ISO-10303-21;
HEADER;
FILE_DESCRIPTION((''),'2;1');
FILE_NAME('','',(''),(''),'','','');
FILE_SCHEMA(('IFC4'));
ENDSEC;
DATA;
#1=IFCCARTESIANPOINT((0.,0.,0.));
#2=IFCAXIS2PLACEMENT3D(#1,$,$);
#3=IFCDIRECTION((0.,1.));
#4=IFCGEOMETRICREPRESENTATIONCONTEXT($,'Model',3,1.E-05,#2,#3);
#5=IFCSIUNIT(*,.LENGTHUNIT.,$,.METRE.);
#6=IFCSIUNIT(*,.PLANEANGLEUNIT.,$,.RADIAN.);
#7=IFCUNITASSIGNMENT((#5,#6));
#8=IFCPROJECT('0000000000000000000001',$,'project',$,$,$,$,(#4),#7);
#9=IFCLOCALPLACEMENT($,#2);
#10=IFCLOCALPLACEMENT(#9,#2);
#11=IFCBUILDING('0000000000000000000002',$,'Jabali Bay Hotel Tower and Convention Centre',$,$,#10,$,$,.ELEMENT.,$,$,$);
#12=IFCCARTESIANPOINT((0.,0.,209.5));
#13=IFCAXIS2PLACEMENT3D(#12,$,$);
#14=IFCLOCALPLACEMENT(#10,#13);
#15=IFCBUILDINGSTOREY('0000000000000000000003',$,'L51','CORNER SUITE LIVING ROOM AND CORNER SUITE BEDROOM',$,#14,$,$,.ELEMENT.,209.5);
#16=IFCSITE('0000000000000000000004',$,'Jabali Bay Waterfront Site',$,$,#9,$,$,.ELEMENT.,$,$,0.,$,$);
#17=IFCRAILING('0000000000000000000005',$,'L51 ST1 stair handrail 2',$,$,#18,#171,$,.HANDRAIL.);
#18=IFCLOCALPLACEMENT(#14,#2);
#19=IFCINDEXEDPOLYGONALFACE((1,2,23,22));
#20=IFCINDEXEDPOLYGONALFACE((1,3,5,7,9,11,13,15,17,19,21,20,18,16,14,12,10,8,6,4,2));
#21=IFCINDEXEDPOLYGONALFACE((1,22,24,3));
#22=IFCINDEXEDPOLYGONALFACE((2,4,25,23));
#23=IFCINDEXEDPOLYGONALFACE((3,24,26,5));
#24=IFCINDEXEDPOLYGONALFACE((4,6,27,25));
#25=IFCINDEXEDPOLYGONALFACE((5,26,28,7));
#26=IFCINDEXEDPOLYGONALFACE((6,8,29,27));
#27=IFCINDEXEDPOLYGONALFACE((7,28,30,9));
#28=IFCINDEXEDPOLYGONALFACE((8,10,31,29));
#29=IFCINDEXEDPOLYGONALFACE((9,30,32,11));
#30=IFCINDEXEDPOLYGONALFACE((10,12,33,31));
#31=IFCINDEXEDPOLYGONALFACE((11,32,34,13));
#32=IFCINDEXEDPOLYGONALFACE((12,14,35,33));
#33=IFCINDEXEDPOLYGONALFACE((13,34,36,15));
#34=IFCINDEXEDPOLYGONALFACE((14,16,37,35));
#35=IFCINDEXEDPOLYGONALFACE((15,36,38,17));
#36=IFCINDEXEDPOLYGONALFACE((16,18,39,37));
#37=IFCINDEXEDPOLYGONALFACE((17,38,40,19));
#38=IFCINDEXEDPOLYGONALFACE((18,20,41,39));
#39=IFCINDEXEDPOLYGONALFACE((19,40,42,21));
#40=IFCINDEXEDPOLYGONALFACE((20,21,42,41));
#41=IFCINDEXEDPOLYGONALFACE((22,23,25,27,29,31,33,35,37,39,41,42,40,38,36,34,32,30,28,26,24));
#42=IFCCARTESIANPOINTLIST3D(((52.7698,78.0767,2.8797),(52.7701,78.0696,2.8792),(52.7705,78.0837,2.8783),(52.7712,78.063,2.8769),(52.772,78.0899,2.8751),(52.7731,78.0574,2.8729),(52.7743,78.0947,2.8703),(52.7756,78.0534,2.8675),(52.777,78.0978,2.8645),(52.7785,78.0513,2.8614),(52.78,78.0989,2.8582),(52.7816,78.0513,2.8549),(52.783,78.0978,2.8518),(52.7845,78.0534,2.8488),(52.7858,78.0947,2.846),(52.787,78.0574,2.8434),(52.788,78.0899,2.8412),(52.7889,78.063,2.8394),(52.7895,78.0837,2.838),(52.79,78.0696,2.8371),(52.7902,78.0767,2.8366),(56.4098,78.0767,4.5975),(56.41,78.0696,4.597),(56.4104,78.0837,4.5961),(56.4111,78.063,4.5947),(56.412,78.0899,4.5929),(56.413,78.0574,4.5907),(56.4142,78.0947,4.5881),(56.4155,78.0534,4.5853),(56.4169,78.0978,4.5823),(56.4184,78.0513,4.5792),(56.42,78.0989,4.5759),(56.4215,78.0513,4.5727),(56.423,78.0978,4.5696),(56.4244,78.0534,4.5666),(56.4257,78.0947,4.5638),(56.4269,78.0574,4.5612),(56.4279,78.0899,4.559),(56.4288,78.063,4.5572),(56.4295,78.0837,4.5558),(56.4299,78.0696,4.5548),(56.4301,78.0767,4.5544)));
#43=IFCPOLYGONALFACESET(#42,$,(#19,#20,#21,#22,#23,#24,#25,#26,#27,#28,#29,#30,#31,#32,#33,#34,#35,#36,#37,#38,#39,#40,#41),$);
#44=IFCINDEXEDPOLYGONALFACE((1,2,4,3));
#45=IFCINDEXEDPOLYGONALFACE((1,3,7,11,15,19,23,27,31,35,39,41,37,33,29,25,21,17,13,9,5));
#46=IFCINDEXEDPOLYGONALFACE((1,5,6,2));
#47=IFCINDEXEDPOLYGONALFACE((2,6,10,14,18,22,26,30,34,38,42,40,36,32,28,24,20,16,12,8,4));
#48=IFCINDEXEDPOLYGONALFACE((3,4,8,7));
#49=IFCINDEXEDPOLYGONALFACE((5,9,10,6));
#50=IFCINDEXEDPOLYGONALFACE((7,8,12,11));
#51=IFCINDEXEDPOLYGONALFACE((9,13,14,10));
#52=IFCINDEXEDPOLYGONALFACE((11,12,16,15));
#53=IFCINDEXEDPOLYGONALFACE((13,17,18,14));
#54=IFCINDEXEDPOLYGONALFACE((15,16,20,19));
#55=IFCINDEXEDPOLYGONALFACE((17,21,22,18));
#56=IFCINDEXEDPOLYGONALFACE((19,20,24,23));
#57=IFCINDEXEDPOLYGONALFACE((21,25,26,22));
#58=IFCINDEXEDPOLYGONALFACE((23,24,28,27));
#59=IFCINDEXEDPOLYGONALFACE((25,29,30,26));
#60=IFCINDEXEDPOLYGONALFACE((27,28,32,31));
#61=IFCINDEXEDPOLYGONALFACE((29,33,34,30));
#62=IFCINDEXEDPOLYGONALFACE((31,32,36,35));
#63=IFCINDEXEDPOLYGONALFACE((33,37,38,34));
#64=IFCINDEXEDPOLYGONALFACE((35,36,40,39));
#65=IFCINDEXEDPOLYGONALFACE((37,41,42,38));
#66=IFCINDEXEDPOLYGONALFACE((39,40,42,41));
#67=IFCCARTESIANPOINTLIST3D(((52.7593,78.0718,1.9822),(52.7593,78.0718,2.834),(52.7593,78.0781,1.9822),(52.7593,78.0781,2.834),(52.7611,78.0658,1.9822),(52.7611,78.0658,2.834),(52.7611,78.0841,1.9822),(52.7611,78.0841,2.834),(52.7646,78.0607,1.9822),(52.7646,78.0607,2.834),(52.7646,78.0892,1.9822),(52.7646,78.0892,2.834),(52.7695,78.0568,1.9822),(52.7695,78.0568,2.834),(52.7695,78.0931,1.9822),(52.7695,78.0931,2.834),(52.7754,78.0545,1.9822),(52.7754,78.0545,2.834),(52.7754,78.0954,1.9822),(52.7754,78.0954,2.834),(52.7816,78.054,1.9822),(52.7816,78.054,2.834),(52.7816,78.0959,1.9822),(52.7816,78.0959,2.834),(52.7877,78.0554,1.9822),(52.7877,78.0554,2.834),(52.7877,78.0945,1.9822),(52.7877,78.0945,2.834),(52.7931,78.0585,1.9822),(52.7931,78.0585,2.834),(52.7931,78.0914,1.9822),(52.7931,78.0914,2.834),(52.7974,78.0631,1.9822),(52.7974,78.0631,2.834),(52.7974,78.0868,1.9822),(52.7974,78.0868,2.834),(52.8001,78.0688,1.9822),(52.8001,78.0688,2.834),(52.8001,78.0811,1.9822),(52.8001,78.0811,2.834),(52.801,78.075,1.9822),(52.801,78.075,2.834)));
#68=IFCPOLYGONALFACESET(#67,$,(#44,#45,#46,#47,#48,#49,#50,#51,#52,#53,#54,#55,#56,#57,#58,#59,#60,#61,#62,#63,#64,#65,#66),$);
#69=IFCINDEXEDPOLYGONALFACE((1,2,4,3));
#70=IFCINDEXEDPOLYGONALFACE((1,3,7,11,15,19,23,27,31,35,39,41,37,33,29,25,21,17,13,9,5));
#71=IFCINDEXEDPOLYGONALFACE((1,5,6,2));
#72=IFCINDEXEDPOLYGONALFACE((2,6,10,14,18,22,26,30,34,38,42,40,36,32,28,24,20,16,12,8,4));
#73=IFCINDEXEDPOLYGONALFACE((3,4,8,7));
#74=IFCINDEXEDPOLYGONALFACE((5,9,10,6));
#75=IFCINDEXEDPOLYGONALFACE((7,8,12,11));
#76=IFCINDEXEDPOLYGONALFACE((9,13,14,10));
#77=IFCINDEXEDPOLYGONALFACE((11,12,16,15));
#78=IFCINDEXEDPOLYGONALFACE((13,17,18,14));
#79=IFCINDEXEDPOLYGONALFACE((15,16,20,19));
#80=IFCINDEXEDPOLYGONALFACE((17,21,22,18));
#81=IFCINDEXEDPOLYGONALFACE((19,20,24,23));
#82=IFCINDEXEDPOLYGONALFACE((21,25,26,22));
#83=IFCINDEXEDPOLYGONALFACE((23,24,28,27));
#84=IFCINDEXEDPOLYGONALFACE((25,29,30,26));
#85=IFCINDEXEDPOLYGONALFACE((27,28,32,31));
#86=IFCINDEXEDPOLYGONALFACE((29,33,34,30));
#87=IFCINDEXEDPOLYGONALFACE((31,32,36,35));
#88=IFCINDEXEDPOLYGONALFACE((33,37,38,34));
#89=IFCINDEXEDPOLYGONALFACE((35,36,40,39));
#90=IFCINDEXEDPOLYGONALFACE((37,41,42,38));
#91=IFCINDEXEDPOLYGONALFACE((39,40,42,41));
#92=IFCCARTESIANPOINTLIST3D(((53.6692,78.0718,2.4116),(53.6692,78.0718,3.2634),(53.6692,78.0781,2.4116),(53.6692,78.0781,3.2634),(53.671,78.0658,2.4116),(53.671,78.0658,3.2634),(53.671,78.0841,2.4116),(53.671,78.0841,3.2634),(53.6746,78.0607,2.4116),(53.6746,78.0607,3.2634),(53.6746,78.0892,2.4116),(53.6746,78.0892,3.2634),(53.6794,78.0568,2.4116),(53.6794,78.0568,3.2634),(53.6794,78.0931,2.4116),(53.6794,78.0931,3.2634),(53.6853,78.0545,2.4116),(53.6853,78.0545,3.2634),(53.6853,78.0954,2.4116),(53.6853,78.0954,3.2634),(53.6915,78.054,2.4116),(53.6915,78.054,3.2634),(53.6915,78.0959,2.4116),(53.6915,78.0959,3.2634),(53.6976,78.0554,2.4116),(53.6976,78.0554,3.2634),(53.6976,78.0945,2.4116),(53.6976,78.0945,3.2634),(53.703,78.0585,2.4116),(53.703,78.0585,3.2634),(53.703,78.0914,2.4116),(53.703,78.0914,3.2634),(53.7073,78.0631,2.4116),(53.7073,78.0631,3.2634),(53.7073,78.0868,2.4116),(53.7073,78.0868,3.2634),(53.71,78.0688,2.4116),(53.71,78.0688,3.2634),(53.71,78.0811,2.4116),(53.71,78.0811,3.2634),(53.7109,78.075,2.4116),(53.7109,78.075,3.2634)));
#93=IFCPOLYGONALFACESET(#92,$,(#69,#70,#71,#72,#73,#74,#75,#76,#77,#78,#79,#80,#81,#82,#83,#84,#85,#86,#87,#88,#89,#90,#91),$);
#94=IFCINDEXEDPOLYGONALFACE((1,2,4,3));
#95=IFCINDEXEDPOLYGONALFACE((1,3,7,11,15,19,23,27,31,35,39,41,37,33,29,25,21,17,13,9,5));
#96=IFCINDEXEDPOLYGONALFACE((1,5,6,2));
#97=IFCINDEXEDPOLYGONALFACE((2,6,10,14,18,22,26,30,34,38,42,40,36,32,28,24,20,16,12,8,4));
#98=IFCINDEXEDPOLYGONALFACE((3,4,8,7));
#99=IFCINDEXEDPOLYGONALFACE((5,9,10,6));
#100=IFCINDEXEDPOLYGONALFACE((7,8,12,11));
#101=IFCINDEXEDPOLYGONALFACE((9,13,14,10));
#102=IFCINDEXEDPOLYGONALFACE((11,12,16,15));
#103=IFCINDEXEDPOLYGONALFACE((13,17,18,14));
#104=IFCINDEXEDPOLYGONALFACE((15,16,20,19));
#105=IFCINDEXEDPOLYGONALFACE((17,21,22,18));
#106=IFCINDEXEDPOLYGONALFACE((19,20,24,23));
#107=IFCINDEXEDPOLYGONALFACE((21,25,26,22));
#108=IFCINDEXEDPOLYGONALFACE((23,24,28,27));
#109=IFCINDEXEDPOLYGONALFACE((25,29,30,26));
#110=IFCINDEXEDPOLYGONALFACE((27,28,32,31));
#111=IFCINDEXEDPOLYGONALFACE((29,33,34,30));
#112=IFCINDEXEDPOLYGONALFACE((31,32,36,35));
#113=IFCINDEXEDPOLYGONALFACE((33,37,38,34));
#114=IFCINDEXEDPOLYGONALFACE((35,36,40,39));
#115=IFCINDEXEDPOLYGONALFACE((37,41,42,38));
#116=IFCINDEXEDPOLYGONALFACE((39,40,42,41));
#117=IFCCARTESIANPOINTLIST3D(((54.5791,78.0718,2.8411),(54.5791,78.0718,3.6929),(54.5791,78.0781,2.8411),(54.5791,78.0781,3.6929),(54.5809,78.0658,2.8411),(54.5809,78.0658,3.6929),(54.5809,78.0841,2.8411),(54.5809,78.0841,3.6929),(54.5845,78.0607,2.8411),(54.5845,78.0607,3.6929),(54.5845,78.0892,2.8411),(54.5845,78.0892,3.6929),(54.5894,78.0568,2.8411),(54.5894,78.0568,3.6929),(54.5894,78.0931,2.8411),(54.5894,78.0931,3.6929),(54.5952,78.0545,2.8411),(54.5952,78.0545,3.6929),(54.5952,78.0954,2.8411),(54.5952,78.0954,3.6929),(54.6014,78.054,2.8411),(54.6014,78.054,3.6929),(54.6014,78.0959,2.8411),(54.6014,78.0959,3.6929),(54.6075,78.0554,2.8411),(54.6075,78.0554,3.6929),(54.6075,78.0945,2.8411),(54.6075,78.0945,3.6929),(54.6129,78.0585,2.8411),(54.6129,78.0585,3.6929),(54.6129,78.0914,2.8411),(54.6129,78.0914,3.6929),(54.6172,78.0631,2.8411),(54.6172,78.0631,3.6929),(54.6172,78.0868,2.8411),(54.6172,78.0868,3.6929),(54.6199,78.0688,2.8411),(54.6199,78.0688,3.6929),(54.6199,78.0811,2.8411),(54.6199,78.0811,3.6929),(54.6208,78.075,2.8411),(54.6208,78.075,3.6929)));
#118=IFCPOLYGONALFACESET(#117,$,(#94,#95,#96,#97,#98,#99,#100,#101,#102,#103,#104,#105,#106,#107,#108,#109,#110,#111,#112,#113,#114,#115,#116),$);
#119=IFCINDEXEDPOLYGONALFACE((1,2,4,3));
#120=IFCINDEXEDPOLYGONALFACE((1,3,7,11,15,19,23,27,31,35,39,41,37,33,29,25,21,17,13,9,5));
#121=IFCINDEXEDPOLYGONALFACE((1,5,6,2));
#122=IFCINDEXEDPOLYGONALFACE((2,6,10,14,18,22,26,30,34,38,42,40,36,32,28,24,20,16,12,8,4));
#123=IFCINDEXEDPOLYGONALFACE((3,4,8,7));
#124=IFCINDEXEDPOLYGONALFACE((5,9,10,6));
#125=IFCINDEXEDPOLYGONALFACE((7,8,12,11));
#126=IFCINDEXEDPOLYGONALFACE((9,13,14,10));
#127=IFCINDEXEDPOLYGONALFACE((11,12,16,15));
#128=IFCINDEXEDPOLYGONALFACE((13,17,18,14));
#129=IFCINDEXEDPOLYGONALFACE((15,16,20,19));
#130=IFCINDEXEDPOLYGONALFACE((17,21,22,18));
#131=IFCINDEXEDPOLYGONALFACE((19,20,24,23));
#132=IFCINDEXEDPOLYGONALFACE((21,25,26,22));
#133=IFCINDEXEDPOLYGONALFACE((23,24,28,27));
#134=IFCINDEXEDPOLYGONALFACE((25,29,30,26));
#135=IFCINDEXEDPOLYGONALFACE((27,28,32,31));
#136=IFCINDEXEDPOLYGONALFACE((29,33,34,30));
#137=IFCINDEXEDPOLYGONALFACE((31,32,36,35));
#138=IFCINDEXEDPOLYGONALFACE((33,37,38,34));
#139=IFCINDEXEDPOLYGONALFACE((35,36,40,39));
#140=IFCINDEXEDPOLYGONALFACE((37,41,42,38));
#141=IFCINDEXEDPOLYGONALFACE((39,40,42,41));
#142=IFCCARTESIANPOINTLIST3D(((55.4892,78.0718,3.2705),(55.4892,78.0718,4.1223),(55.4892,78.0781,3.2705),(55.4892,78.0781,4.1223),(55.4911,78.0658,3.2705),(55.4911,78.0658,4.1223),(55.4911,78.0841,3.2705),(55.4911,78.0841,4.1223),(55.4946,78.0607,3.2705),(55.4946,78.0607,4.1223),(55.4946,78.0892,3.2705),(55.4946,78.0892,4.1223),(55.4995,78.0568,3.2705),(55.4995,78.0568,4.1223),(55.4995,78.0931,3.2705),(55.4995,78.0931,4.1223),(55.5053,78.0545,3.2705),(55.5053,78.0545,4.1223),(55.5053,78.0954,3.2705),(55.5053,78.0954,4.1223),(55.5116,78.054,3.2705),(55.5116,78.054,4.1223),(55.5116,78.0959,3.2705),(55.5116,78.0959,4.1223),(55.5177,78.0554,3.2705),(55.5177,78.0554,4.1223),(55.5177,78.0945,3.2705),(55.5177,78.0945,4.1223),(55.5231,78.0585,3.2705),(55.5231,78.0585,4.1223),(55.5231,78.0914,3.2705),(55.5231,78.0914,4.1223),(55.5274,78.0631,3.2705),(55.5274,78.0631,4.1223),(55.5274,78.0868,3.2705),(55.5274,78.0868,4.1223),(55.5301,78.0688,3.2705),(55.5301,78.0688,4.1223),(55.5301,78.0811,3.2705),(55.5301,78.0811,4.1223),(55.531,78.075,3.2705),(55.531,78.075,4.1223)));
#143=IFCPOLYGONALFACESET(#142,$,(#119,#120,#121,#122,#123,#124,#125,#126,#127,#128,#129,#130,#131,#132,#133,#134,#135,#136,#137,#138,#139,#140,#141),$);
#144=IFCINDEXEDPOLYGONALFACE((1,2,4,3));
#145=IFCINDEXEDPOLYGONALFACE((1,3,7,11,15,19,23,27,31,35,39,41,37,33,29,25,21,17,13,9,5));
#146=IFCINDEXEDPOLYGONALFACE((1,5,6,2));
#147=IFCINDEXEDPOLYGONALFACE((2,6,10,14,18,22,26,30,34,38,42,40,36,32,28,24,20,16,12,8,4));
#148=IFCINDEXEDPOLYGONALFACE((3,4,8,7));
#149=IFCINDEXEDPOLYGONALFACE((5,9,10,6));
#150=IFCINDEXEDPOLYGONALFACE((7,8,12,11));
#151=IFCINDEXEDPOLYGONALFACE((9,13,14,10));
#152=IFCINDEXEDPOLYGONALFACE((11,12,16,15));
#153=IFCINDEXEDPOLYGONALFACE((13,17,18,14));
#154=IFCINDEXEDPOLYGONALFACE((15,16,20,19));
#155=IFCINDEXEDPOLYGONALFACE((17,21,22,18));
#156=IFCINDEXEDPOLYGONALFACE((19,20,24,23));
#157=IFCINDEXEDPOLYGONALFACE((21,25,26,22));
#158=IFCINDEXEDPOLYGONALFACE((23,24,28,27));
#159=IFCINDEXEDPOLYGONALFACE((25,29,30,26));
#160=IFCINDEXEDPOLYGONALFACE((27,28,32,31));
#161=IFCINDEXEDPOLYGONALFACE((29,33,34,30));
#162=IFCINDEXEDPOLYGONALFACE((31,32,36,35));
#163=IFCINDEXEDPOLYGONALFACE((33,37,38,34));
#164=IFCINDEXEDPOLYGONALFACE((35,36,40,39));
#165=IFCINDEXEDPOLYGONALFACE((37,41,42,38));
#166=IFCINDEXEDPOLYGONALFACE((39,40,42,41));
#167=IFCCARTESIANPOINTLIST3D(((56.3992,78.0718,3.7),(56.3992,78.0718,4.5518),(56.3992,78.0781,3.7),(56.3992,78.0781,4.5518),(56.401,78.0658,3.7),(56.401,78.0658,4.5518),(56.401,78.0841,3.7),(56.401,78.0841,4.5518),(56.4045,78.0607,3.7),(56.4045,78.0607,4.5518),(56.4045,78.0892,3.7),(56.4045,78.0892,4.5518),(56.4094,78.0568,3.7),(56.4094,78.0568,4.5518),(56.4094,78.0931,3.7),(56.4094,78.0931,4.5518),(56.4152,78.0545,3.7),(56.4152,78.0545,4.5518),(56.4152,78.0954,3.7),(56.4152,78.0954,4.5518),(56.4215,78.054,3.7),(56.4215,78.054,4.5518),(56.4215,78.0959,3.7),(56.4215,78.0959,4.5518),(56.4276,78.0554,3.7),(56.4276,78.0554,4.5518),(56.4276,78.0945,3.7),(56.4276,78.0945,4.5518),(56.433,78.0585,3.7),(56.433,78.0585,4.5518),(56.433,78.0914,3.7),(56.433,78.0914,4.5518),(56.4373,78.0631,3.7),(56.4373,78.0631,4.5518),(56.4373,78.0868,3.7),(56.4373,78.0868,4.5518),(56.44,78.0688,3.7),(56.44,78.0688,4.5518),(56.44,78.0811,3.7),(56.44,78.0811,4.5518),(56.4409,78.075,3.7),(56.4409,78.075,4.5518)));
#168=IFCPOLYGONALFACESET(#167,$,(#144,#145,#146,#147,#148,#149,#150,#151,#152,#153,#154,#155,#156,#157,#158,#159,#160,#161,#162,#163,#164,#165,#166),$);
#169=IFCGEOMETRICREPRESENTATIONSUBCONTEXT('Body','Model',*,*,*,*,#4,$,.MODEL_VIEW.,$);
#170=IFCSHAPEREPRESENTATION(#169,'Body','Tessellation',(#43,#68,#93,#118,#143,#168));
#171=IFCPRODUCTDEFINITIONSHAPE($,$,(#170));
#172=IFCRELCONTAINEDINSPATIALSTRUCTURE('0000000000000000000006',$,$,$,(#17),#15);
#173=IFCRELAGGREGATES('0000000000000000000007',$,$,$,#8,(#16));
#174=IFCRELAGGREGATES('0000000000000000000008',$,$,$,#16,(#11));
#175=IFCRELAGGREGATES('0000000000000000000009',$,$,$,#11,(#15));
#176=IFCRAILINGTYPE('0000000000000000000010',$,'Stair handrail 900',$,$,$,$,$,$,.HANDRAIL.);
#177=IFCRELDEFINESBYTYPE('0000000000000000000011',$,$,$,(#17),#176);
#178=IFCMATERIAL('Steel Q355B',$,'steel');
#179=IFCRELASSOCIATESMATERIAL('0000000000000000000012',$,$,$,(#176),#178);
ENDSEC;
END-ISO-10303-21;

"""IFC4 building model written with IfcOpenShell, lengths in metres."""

from ifc_helpers import new_model, si_unit, direction, frame, origin, origin_2d, place, context, subcontext, project, spatial, circle, extrude, material, type_object, element, save


model = new_model("IFC4")

# Units and contexts
model_context = context("Model", 3, precision=1e-05, world=origin(), true_north=direction((0.0, 1.0)))
body_context = subcontext(model_context, "Body", "Model", "MODEL_VIEW")
ifc_project = project(units=[si_unit("LENGTHUNIT", "METRE"), si_unit("PLANEANGLEUNIT", "RADIAN")], contexts=[model_context])

# Site, building, storey
site_placement = place(None, origin())
site = spatial("IfcSite", under=ifc_project, at=site_placement, Name="Jabali Bay Waterfront Site", CompositionType="ELEMENT", RefElevation=0.0)
building_placement = place(site_placement, origin())
building = spatial("IfcBuilding", under=site, at=building_placement, Name="Jabali Bay Hotel Tower and Convention Centre", CompositionType="ELEMENT")
storey_placement = place(building_placement, frame((0.0, 0.0, 209.5)))
storey = spatial("IfcBuildingStorey", under=building, at=storey_placement, Name="L51", Description="CORNER SUITE LIVING ROOM AND CORNER SUITE BEDROOM", CompositionType="ELEMENT", Elevation=209.5)

# Railing
ifc_material_1 = material(Name="Steel Q355B", Category="steel")
railing_type = type_object("IfcRailingType", Name="Stair handrail 900", PredefinedType="HANDRAIL", material=ifc_material_1)
railing_placement = place(storey_placement, frame((52.78, 78.075, 1.9822)))
element("IfcRailing", 1, at=railing_placement, inside=storey, type_object=railing_type, Name="L51 ST1 stair handrail 2", PredefinedType="HANDRAIL", context=body_context, shape_type="SweptSolid", body=[
    extrude(circle(Radius=0.0239, at=origin_2d()), frame((0.0, 0.0, 0.876), z_axis=(0.904351, 0.0, 0.42679), x_axis=(0.0, 1.0, 0.0)), (0.0, 0.0, 1.0), 4.0249),
    extrude(circle(Radius=0.021, at=origin_2d()), origin(), (0.0, 0.0, 1.0), 0.8518),
    extrude(circle(Radius=0.021, at=origin_2d()), frame((0.9099, 0.0, 0.4294)), (0.0, 0.0, 1.0), 0.8518),
    extrude(circle(Radius=0.021, at=origin_2d()), frame((1.8198, 0.0, 0.8589)), (0.0, 0.0, 1.0), 0.8518),
    extrude(circle(Radius=0.021, at=origin_2d()), frame((2.73, 0.0, 1.2883)), (0.0, 0.0, 1.0), 0.8518),
    extrude(circle(Radius=0.021, at=origin_2d()), frame((3.6399, 0.0, 1.7178)), (0.0, 0.0, 1.0), 0.8518),
])

save(model, "model.ifc")
